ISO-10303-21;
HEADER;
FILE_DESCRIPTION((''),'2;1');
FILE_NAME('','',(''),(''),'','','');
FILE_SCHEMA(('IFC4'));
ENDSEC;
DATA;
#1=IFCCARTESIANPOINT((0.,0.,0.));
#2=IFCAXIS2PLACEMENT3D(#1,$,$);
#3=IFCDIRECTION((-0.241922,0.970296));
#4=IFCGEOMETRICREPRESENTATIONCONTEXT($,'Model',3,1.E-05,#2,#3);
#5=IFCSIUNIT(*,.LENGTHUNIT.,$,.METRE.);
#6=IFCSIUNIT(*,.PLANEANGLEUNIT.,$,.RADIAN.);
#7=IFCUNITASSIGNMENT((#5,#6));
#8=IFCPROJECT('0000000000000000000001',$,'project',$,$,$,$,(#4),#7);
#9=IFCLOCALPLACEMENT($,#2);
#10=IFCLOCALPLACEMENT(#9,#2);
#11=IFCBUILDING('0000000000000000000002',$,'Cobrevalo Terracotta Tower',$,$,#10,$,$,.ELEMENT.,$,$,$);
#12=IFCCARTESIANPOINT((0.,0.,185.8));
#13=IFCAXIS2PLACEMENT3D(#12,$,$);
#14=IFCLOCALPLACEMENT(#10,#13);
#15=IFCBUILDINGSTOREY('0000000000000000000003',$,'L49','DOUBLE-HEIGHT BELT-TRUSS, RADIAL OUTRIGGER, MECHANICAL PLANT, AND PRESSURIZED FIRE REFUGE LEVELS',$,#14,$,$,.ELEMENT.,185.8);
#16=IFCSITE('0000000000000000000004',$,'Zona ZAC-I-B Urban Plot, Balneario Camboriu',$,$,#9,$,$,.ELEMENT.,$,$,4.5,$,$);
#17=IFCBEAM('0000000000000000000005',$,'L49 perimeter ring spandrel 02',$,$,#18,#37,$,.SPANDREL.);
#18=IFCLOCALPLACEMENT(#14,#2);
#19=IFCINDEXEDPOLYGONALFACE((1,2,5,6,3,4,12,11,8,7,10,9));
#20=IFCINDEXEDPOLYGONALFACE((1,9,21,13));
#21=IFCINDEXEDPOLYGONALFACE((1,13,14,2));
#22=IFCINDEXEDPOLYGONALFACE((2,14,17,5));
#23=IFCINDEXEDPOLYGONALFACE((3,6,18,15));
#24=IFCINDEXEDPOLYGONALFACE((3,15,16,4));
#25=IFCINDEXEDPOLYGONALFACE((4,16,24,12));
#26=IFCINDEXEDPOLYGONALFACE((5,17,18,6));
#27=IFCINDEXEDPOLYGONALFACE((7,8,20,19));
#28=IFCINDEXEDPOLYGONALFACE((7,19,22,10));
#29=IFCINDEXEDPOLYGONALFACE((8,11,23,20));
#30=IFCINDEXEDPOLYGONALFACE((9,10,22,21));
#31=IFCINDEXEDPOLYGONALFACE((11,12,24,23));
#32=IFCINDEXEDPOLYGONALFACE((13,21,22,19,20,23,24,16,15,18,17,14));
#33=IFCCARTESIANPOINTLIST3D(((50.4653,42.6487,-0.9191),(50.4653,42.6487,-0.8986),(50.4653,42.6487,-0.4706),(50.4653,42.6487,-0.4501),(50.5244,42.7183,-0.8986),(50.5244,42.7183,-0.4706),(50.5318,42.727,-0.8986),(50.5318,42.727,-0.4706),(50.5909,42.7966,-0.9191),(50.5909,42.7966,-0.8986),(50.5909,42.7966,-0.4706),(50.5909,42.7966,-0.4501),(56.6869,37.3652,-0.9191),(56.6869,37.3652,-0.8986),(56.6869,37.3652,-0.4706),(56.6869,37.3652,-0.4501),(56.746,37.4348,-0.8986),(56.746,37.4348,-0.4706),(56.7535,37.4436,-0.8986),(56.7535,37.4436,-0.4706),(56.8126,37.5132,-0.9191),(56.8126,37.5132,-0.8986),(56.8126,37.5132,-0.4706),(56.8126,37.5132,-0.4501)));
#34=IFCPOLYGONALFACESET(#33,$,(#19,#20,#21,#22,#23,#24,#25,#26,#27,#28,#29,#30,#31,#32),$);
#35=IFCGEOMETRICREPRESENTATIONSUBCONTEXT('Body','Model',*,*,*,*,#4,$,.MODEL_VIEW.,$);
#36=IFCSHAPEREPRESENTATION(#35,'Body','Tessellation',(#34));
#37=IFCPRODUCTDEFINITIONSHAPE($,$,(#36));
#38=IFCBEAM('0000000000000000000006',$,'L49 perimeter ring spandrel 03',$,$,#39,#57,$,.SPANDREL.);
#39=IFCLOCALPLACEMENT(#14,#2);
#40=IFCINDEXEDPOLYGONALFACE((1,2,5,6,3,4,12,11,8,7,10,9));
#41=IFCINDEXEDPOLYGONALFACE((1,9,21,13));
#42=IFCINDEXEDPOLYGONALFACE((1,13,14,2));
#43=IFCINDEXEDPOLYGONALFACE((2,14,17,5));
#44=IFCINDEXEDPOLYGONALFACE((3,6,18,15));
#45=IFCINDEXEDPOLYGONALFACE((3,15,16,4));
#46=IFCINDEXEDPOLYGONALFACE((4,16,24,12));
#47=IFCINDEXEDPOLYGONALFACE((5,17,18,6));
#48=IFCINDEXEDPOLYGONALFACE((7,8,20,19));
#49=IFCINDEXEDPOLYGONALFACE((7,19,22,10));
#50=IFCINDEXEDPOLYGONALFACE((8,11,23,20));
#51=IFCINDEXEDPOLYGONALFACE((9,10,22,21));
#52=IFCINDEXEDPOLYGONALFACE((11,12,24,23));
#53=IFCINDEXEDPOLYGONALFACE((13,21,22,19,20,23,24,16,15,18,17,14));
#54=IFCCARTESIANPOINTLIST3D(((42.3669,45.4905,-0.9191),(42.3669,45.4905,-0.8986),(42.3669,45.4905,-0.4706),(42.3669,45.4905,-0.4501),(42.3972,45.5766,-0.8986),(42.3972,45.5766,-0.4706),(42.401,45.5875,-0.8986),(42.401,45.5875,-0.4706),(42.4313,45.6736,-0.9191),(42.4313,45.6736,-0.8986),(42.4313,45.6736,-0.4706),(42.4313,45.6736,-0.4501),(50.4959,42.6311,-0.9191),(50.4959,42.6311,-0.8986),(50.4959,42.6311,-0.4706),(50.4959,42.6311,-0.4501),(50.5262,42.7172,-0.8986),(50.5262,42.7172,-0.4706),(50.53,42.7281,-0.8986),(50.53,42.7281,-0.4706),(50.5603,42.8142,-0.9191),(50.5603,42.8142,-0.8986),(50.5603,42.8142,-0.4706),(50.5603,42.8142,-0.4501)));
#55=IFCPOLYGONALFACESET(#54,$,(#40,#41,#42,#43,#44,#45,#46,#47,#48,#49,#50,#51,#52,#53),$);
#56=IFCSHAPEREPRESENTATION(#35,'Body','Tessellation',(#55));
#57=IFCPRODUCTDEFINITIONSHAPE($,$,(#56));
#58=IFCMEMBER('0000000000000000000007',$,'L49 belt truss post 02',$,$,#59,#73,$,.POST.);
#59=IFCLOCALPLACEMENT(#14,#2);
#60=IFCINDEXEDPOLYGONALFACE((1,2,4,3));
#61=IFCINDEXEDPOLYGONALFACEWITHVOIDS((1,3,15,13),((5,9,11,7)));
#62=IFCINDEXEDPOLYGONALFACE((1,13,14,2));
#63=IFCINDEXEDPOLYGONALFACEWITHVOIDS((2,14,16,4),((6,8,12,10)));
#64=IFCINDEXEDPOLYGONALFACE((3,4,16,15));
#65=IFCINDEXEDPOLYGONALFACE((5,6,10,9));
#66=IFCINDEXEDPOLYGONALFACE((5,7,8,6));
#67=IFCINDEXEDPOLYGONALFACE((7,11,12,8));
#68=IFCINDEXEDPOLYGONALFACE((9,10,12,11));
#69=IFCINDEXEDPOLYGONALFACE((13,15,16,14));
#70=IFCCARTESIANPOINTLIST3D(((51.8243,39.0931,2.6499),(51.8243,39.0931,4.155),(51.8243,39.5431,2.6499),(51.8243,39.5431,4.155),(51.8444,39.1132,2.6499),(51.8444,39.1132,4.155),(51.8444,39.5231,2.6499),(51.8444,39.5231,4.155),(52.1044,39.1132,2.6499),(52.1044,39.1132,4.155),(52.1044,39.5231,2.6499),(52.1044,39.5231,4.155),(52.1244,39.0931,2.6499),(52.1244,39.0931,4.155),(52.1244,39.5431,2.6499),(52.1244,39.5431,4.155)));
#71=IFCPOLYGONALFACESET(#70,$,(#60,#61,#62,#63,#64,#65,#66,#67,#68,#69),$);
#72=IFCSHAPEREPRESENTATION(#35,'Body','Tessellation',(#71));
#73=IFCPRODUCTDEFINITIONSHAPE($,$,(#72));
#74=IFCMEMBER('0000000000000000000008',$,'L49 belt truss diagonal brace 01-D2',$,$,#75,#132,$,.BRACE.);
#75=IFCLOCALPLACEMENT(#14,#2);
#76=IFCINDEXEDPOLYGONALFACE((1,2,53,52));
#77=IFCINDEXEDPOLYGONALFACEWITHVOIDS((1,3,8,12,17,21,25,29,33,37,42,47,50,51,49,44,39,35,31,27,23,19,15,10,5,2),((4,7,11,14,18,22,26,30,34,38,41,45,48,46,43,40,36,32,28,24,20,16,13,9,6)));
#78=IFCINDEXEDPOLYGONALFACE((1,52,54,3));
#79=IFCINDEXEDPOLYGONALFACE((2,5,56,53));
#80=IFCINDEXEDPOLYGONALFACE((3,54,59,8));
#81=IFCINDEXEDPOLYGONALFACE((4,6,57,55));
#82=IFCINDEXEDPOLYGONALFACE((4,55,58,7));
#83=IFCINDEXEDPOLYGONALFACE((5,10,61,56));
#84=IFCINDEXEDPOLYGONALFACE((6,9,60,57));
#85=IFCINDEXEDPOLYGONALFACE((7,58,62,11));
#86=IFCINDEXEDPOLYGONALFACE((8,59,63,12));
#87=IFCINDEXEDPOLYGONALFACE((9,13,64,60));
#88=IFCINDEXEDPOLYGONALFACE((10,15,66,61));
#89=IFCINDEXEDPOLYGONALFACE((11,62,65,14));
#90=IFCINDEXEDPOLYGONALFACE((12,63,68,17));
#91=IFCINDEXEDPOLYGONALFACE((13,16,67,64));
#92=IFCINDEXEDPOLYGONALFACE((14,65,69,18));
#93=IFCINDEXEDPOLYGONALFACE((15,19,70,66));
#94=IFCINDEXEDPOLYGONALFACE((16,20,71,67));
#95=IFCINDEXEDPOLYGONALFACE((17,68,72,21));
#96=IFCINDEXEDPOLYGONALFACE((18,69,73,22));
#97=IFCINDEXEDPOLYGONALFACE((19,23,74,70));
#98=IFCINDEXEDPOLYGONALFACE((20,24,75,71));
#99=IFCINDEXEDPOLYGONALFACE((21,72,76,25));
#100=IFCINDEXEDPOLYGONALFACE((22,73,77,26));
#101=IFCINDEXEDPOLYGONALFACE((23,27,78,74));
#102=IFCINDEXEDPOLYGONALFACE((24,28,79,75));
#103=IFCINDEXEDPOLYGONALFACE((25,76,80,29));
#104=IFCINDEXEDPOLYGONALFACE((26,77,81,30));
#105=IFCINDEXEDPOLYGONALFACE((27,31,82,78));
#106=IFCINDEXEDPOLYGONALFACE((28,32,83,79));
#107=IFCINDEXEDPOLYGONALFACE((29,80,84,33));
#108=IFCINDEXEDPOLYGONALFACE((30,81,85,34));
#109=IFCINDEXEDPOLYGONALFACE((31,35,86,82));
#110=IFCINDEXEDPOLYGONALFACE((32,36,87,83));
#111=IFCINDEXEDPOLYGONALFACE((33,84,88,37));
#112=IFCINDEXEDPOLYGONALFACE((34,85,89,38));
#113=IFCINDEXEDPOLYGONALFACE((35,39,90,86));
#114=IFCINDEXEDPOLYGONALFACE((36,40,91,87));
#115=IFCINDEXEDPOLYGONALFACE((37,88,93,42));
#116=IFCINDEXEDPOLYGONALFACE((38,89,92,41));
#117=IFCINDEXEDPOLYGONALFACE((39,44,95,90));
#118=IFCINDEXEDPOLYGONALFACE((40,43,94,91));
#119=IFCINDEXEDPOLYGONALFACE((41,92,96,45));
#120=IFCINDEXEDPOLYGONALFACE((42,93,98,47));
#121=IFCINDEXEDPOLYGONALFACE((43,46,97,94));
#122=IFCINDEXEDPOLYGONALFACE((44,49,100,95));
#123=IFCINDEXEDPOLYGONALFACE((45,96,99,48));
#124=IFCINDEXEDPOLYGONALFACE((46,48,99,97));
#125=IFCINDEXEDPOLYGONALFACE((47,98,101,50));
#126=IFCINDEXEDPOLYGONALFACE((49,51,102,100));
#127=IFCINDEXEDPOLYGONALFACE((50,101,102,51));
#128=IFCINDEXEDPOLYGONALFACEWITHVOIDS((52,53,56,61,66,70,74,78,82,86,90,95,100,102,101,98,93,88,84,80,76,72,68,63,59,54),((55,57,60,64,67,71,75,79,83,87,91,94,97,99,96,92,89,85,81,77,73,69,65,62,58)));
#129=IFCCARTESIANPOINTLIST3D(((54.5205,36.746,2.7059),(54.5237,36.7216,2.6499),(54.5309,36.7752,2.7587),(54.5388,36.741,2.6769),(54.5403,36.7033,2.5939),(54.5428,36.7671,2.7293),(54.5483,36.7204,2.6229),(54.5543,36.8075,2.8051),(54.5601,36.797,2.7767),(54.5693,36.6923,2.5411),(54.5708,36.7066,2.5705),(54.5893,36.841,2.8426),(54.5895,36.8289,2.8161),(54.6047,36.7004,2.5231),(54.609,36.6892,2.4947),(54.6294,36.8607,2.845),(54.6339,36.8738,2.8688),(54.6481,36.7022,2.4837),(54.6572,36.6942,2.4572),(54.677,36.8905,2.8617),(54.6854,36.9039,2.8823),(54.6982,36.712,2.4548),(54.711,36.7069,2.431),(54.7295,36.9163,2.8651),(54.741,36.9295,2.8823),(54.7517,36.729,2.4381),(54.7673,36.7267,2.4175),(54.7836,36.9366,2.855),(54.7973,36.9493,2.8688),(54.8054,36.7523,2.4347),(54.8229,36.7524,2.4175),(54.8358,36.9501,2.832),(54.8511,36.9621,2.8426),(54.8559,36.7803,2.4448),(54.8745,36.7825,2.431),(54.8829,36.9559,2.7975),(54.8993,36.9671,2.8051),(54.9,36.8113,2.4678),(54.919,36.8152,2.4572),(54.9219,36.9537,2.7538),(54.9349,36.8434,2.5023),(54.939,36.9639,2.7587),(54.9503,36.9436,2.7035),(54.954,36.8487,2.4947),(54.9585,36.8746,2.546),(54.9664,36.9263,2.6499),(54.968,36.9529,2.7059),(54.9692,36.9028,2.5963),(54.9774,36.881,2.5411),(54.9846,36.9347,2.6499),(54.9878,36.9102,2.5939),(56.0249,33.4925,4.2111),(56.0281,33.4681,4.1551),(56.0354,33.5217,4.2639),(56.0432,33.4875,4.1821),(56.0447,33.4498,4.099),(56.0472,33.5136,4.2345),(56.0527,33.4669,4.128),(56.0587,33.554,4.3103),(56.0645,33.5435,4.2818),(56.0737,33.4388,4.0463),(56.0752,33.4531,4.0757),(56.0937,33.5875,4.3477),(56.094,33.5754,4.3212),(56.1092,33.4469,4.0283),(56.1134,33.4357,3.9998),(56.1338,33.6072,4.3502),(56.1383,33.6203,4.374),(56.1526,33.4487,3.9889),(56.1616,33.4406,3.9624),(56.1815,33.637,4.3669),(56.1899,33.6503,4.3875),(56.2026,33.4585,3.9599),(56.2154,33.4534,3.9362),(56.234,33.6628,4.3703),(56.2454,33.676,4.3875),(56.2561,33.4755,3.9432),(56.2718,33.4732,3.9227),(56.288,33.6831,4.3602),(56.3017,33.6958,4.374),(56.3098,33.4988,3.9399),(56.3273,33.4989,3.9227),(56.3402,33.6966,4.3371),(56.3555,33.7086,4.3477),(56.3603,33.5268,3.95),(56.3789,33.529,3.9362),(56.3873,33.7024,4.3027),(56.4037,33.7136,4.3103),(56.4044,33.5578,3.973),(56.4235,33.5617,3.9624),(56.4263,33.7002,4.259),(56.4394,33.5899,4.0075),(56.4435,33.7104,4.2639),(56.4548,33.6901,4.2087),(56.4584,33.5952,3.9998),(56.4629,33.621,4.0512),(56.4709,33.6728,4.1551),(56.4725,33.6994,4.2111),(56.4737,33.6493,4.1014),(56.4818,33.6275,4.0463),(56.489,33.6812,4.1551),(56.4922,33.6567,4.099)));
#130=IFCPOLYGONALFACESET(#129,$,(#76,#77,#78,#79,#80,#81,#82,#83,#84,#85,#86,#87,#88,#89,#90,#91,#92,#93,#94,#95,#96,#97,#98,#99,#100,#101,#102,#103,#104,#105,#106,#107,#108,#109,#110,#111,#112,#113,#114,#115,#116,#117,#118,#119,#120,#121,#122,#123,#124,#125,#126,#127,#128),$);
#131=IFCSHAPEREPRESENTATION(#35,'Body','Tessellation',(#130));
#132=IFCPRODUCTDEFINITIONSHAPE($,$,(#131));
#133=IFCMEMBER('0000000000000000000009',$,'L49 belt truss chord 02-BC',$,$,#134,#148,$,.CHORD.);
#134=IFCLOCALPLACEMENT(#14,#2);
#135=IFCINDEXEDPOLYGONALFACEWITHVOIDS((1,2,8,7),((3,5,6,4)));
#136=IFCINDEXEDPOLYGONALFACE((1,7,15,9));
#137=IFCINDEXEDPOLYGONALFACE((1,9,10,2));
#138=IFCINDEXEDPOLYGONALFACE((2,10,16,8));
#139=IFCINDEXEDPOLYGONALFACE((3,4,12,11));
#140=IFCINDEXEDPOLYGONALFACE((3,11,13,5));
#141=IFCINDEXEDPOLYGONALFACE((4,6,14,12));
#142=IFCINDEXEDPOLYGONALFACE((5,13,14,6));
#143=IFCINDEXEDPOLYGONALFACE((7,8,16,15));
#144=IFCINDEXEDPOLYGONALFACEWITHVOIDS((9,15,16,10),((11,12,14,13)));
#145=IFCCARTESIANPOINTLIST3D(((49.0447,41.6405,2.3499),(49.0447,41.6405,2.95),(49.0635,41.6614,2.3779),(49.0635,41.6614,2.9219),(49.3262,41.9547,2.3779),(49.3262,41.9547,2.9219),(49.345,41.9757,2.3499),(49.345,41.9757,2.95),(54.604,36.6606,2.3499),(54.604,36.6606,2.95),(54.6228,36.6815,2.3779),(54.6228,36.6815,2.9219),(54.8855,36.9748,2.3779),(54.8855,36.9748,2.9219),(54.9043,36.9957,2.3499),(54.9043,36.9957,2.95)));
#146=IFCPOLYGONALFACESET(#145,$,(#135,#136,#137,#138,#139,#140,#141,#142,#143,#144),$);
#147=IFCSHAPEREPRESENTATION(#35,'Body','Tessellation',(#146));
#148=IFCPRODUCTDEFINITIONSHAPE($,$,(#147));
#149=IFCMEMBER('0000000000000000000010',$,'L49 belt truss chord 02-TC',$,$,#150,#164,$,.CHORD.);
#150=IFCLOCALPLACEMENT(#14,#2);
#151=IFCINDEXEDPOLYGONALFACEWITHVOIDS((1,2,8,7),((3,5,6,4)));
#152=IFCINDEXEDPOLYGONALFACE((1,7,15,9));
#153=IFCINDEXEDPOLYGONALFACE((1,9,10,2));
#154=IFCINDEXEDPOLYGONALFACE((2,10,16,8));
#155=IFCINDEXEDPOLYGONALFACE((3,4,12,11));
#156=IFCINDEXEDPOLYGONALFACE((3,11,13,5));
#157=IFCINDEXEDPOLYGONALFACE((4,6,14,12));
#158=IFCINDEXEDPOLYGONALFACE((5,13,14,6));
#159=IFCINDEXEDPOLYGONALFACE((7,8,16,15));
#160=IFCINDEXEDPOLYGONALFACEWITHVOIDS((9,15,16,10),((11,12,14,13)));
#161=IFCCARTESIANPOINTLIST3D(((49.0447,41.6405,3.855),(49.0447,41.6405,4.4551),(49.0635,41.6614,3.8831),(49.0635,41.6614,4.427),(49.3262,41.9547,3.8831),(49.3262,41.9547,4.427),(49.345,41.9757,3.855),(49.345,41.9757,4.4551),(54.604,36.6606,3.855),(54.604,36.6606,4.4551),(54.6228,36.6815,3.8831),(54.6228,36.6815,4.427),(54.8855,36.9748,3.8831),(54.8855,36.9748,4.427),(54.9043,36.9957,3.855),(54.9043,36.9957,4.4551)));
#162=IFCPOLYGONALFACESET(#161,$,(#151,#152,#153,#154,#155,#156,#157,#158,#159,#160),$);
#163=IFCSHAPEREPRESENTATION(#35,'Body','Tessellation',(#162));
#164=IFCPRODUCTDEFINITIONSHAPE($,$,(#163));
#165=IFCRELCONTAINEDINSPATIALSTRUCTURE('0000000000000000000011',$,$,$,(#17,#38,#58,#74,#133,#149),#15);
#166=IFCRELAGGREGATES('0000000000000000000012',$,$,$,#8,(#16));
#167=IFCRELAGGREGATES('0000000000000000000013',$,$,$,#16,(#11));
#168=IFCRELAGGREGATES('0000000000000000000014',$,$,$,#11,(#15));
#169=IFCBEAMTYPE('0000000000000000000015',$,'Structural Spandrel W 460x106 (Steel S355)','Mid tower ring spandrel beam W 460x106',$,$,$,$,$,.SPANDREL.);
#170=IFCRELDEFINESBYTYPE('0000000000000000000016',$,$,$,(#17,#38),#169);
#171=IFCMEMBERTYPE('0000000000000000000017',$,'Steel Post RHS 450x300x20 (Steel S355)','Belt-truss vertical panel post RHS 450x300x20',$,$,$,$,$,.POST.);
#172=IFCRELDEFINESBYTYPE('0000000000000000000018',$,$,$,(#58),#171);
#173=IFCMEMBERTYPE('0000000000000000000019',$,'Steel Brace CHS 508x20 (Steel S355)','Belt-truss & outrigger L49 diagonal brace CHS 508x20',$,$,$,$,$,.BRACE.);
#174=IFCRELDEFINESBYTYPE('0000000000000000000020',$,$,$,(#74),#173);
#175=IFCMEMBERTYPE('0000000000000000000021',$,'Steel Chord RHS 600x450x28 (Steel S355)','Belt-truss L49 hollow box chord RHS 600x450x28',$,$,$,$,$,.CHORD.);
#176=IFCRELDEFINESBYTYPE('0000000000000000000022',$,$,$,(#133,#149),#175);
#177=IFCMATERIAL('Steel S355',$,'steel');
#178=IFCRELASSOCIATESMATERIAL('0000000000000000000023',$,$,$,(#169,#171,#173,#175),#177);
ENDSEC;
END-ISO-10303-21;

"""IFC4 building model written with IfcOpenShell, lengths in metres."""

from ifc_helpers import new_model, si_unit, direction, frame, origin, origin_2d, place, context, subcontext, project, spatial, hollow_rectangle, hollow_circle, i_section, extrude, source, transform, mapped, material, material_profile, profile_set, type_object, element, save


model = new_model("IFC4")

# Units and contexts
model_context = context("Model", 3, precision=1e-05, world=origin(), true_north=direction((-0.241922, 0.970296)))
body_context = subcontext(model_context, "Body", "Model", "MODEL_VIEW")
ifc_project = project(units=[si_unit("LENGTHUNIT", "METRE"), si_unit("PLANEANGLEUNIT", "RADIAN")], contexts=[model_context])

# Site, building, storey
site_placement = place(None, origin())
site = spatial("IfcSite", under=ifc_project, at=site_placement, Name="Zona ZAC-I-B Urban Plot, Balneario Camboriu", CompositionType="ELEMENT", RefElevation=4.5)
building_placement = place(site_placement, origin())
building = spatial("IfcBuilding", under=site, at=building_placement, Name="Cobrevalo Terracotta Tower", CompositionType="ELEMENT")
storey_placement = place(building_placement, frame((0.0, 0.0, 185.8)))
storey = spatial("IfcBuildingStorey", under=building, at=storey_placement, Name="L49", Description="DOUBLE-HEIGHT BELT-TRUSS, RADIAL OUTRIGGER, MECHANICAL PLANT, AND PRESSURIZED FIRE REFUGE LEVELS", CompositionType="ELEMENT", Elevation=185.8)

# Shared definitions
ifc_material_1 = material(Name="Steel S355", Category="steel")

# Beams
ifc_material_profile_1 = material_profile(ifc_material_1, i_section(OverallWidth=0.1941, OverallDepth=0.469, WebThickness=0.0115, FlangeThickness=0.0205, at=origin_2d()), Name="W 460x106")
ifc_profile_set_1 = profile_set([ifc_material_profile_1], Name="Steel S355")
beam_type_1 = type_object("IfcBeamType", Name="Structural Spandrel W 460x106 (Steel S355)", Description="Mid tower ring spandrel beam W 460x106", PredefinedType="SPANDREL", material=ifc_profile_set_1)
beam_1_placement = place(storey_placement, frame((56.7498, 37.4392, -0.6846), z_axis=(-0.76224, 0.647294, 0.0), x_axis=(-0.647294, -0.76224, 0.0)))
element("IfcBeam", 1, at=beam_1_placement, inside=storey, type_object=beam_type_1, Name="L49 perimeter ring spandrel 02", PredefinedType="SPANDREL", context=body_context, shape_type="SweptSolid", body=[
    extrude(i_section(OverallWidth=0.1941, OverallDepth=0.469, WebThickness=0.0115, FlangeThickness=0.0205, at=origin_2d()), origin(), (0.0, 0.0, 1.0), 8.1624),
])
beam_2_placement = place(storey_placement, frame((50.5281, 42.7227, -0.6846), z_axis=(-0.943341, 0.331824, 0.0), x_axis=(-0.331824, -0.943341, 0.0)))
element("IfcBeam", 2, at=beam_2_placement, inside=storey, type_object=beam_type_1, Name="L49 perimeter ring spandrel 03", PredefinedType="SPANDREL", context=body_context, shape_type="SweptSolid", body=[
    extrude(i_section(OverallWidth=0.1941, OverallDepth=0.469, WebThickness=0.0115, FlangeThickness=0.0205, at=origin_2d()), origin(), (0.0, 0.0, 1.0), 8.6172),
])

# Members
ifc_material_profile_2 = material_profile(ifc_material_1, hollow_rectangle(XDim=0.3, YDim=0.45, WallThickness=0.02, at=origin_2d()), Name="RHS 450x300x20")
ifc_profile_set_2 = profile_set([ifc_material_profile_2], Name="Steel S355")
member_type_1 = type_object("IfcMemberType", Name="Steel Post RHS 450x300x20 (Steel S355)", Description="Belt-truss vertical panel post RHS 450x300x20", PredefinedType="POST", material=ifc_profile_set_2)
shared_shape_1 = source(origin(), body_context, "Body", "SweptSolid", [
    extrude(hollow_rectangle(XDim=0.3, YDim=0.45, WallThickness=0.02, at=origin_2d()), origin(), (0.0, 0.0, 1.0), 1.5051),
])
member_1_placement = place(storey_placement, frame((51.9744, 39.3181, 2.6499), z_axis=(0.0, 0.0, 1.0), x_axis=(1.0, 0.0, 0.0)))
element("IfcMember", 3, at=member_1_placement, inside=storey, type_object=member_type_1, Name="L49 belt truss post 02", PredefinedType="POST", context=body_context, shape_type="MappedRepresentation", body=[
    mapped(shared_shape_1, transform((0.0, 0.0, 0.0), scale=1.0)),
])
ifc_material_profile_3 = material_profile(ifc_material_1, hollow_circle(Radius=0.2539, WallThickness=0.02, at=origin_2d()), Name="CHS 508x20")
ifc_profile_set_3 = profile_set([ifc_material_profile_3], Name="Steel S355")
member_type_2 = type_object("IfcMemberType", Name="Steel Brace CHS 508x20 (Steel S355)", Description="Belt-truss & outrigger L49 diagonal brace CHS 508x20", PredefinedType="BRACE", material=ifc_profile_set_3)
shared_shape_2 = source(origin(), body_context, "Body", "SweptSolid", [
    extrude(hollow_circle(Radius=0.2539, WallThickness=0.02, at=origin_2d()), origin(), (0.0, 0.0, 1.0), 3.8877),
])
member_2_placement = place(storey_placement, frame((54.7542, 36.8281, 2.6499), z_axis=(0.386974, -0.836873, 0.387162), x_axis=(0.90766, 0.419706, 0.0)))
element("IfcMember", 4, at=member_2_placement, inside=storey, type_object=member_type_2, Name="L49 belt truss diagonal brace 01-D2", PredefinedType="BRACE", context=body_context, shape_type="MappedRepresentation", body=[
    mapped(shared_shape_2, transform((0.0, 0.0, 0.0), scale=1.0)),
])
ifc_material_profile_4 = material_profile(ifc_material_1, hollow_rectangle(XDim=0.45, YDim=0.6001, WallThickness=0.0281, at=origin_2d()), Name="RHS 600x450x28")
ifc_profile_set_4 = profile_set([ifc_material_profile_4], Name="Steel S355")
member_type_3 = type_object("IfcMemberType", Name="Steel Chord RHS 600x450x28 (Steel S355)", Description="Belt-truss L49 hollow box chord RHS 600x450x28", PredefinedType="CHORD", material=ifc_profile_set_4)
shared_shape_3 = source(origin(), body_context, "Body", "SweptSolid", [
    extrude(hollow_rectangle(XDim=0.45, YDim=0.6001, WallThickness=0.0281, at=origin_2d()), origin(), (0.0, 0.0, 1.0), 7.4636),
])
for number, where, z_axis, x_axis, name in (
    (5, (54.7542, 36.8281, 2.6499), (-0.744852, 0.66723, 0.0), (-0.66723, -0.744852, 0.0), "L49 belt truss chord 02-BC"),
    (6, (54.7542, 36.8281, 4.155), (-0.744852, 0.66723, 0.0), (-0.66723, -0.744852, 0.0), "L49 belt truss chord 02-TC"),
):
    element("IfcMember", number, at=place(storey_placement, frame(where, z_axis=z_axis, x_axis=x_axis)), inside=storey, type_object=member_type_3, Name=name, PredefinedType="CHORD", context=body_context, shape_type="MappedRepresentation", body=[
        mapped(shared_shape_3, transform((0.0, 0.0, 0.0), scale=1.0)),
    ])

save(model, "model.ifc")
